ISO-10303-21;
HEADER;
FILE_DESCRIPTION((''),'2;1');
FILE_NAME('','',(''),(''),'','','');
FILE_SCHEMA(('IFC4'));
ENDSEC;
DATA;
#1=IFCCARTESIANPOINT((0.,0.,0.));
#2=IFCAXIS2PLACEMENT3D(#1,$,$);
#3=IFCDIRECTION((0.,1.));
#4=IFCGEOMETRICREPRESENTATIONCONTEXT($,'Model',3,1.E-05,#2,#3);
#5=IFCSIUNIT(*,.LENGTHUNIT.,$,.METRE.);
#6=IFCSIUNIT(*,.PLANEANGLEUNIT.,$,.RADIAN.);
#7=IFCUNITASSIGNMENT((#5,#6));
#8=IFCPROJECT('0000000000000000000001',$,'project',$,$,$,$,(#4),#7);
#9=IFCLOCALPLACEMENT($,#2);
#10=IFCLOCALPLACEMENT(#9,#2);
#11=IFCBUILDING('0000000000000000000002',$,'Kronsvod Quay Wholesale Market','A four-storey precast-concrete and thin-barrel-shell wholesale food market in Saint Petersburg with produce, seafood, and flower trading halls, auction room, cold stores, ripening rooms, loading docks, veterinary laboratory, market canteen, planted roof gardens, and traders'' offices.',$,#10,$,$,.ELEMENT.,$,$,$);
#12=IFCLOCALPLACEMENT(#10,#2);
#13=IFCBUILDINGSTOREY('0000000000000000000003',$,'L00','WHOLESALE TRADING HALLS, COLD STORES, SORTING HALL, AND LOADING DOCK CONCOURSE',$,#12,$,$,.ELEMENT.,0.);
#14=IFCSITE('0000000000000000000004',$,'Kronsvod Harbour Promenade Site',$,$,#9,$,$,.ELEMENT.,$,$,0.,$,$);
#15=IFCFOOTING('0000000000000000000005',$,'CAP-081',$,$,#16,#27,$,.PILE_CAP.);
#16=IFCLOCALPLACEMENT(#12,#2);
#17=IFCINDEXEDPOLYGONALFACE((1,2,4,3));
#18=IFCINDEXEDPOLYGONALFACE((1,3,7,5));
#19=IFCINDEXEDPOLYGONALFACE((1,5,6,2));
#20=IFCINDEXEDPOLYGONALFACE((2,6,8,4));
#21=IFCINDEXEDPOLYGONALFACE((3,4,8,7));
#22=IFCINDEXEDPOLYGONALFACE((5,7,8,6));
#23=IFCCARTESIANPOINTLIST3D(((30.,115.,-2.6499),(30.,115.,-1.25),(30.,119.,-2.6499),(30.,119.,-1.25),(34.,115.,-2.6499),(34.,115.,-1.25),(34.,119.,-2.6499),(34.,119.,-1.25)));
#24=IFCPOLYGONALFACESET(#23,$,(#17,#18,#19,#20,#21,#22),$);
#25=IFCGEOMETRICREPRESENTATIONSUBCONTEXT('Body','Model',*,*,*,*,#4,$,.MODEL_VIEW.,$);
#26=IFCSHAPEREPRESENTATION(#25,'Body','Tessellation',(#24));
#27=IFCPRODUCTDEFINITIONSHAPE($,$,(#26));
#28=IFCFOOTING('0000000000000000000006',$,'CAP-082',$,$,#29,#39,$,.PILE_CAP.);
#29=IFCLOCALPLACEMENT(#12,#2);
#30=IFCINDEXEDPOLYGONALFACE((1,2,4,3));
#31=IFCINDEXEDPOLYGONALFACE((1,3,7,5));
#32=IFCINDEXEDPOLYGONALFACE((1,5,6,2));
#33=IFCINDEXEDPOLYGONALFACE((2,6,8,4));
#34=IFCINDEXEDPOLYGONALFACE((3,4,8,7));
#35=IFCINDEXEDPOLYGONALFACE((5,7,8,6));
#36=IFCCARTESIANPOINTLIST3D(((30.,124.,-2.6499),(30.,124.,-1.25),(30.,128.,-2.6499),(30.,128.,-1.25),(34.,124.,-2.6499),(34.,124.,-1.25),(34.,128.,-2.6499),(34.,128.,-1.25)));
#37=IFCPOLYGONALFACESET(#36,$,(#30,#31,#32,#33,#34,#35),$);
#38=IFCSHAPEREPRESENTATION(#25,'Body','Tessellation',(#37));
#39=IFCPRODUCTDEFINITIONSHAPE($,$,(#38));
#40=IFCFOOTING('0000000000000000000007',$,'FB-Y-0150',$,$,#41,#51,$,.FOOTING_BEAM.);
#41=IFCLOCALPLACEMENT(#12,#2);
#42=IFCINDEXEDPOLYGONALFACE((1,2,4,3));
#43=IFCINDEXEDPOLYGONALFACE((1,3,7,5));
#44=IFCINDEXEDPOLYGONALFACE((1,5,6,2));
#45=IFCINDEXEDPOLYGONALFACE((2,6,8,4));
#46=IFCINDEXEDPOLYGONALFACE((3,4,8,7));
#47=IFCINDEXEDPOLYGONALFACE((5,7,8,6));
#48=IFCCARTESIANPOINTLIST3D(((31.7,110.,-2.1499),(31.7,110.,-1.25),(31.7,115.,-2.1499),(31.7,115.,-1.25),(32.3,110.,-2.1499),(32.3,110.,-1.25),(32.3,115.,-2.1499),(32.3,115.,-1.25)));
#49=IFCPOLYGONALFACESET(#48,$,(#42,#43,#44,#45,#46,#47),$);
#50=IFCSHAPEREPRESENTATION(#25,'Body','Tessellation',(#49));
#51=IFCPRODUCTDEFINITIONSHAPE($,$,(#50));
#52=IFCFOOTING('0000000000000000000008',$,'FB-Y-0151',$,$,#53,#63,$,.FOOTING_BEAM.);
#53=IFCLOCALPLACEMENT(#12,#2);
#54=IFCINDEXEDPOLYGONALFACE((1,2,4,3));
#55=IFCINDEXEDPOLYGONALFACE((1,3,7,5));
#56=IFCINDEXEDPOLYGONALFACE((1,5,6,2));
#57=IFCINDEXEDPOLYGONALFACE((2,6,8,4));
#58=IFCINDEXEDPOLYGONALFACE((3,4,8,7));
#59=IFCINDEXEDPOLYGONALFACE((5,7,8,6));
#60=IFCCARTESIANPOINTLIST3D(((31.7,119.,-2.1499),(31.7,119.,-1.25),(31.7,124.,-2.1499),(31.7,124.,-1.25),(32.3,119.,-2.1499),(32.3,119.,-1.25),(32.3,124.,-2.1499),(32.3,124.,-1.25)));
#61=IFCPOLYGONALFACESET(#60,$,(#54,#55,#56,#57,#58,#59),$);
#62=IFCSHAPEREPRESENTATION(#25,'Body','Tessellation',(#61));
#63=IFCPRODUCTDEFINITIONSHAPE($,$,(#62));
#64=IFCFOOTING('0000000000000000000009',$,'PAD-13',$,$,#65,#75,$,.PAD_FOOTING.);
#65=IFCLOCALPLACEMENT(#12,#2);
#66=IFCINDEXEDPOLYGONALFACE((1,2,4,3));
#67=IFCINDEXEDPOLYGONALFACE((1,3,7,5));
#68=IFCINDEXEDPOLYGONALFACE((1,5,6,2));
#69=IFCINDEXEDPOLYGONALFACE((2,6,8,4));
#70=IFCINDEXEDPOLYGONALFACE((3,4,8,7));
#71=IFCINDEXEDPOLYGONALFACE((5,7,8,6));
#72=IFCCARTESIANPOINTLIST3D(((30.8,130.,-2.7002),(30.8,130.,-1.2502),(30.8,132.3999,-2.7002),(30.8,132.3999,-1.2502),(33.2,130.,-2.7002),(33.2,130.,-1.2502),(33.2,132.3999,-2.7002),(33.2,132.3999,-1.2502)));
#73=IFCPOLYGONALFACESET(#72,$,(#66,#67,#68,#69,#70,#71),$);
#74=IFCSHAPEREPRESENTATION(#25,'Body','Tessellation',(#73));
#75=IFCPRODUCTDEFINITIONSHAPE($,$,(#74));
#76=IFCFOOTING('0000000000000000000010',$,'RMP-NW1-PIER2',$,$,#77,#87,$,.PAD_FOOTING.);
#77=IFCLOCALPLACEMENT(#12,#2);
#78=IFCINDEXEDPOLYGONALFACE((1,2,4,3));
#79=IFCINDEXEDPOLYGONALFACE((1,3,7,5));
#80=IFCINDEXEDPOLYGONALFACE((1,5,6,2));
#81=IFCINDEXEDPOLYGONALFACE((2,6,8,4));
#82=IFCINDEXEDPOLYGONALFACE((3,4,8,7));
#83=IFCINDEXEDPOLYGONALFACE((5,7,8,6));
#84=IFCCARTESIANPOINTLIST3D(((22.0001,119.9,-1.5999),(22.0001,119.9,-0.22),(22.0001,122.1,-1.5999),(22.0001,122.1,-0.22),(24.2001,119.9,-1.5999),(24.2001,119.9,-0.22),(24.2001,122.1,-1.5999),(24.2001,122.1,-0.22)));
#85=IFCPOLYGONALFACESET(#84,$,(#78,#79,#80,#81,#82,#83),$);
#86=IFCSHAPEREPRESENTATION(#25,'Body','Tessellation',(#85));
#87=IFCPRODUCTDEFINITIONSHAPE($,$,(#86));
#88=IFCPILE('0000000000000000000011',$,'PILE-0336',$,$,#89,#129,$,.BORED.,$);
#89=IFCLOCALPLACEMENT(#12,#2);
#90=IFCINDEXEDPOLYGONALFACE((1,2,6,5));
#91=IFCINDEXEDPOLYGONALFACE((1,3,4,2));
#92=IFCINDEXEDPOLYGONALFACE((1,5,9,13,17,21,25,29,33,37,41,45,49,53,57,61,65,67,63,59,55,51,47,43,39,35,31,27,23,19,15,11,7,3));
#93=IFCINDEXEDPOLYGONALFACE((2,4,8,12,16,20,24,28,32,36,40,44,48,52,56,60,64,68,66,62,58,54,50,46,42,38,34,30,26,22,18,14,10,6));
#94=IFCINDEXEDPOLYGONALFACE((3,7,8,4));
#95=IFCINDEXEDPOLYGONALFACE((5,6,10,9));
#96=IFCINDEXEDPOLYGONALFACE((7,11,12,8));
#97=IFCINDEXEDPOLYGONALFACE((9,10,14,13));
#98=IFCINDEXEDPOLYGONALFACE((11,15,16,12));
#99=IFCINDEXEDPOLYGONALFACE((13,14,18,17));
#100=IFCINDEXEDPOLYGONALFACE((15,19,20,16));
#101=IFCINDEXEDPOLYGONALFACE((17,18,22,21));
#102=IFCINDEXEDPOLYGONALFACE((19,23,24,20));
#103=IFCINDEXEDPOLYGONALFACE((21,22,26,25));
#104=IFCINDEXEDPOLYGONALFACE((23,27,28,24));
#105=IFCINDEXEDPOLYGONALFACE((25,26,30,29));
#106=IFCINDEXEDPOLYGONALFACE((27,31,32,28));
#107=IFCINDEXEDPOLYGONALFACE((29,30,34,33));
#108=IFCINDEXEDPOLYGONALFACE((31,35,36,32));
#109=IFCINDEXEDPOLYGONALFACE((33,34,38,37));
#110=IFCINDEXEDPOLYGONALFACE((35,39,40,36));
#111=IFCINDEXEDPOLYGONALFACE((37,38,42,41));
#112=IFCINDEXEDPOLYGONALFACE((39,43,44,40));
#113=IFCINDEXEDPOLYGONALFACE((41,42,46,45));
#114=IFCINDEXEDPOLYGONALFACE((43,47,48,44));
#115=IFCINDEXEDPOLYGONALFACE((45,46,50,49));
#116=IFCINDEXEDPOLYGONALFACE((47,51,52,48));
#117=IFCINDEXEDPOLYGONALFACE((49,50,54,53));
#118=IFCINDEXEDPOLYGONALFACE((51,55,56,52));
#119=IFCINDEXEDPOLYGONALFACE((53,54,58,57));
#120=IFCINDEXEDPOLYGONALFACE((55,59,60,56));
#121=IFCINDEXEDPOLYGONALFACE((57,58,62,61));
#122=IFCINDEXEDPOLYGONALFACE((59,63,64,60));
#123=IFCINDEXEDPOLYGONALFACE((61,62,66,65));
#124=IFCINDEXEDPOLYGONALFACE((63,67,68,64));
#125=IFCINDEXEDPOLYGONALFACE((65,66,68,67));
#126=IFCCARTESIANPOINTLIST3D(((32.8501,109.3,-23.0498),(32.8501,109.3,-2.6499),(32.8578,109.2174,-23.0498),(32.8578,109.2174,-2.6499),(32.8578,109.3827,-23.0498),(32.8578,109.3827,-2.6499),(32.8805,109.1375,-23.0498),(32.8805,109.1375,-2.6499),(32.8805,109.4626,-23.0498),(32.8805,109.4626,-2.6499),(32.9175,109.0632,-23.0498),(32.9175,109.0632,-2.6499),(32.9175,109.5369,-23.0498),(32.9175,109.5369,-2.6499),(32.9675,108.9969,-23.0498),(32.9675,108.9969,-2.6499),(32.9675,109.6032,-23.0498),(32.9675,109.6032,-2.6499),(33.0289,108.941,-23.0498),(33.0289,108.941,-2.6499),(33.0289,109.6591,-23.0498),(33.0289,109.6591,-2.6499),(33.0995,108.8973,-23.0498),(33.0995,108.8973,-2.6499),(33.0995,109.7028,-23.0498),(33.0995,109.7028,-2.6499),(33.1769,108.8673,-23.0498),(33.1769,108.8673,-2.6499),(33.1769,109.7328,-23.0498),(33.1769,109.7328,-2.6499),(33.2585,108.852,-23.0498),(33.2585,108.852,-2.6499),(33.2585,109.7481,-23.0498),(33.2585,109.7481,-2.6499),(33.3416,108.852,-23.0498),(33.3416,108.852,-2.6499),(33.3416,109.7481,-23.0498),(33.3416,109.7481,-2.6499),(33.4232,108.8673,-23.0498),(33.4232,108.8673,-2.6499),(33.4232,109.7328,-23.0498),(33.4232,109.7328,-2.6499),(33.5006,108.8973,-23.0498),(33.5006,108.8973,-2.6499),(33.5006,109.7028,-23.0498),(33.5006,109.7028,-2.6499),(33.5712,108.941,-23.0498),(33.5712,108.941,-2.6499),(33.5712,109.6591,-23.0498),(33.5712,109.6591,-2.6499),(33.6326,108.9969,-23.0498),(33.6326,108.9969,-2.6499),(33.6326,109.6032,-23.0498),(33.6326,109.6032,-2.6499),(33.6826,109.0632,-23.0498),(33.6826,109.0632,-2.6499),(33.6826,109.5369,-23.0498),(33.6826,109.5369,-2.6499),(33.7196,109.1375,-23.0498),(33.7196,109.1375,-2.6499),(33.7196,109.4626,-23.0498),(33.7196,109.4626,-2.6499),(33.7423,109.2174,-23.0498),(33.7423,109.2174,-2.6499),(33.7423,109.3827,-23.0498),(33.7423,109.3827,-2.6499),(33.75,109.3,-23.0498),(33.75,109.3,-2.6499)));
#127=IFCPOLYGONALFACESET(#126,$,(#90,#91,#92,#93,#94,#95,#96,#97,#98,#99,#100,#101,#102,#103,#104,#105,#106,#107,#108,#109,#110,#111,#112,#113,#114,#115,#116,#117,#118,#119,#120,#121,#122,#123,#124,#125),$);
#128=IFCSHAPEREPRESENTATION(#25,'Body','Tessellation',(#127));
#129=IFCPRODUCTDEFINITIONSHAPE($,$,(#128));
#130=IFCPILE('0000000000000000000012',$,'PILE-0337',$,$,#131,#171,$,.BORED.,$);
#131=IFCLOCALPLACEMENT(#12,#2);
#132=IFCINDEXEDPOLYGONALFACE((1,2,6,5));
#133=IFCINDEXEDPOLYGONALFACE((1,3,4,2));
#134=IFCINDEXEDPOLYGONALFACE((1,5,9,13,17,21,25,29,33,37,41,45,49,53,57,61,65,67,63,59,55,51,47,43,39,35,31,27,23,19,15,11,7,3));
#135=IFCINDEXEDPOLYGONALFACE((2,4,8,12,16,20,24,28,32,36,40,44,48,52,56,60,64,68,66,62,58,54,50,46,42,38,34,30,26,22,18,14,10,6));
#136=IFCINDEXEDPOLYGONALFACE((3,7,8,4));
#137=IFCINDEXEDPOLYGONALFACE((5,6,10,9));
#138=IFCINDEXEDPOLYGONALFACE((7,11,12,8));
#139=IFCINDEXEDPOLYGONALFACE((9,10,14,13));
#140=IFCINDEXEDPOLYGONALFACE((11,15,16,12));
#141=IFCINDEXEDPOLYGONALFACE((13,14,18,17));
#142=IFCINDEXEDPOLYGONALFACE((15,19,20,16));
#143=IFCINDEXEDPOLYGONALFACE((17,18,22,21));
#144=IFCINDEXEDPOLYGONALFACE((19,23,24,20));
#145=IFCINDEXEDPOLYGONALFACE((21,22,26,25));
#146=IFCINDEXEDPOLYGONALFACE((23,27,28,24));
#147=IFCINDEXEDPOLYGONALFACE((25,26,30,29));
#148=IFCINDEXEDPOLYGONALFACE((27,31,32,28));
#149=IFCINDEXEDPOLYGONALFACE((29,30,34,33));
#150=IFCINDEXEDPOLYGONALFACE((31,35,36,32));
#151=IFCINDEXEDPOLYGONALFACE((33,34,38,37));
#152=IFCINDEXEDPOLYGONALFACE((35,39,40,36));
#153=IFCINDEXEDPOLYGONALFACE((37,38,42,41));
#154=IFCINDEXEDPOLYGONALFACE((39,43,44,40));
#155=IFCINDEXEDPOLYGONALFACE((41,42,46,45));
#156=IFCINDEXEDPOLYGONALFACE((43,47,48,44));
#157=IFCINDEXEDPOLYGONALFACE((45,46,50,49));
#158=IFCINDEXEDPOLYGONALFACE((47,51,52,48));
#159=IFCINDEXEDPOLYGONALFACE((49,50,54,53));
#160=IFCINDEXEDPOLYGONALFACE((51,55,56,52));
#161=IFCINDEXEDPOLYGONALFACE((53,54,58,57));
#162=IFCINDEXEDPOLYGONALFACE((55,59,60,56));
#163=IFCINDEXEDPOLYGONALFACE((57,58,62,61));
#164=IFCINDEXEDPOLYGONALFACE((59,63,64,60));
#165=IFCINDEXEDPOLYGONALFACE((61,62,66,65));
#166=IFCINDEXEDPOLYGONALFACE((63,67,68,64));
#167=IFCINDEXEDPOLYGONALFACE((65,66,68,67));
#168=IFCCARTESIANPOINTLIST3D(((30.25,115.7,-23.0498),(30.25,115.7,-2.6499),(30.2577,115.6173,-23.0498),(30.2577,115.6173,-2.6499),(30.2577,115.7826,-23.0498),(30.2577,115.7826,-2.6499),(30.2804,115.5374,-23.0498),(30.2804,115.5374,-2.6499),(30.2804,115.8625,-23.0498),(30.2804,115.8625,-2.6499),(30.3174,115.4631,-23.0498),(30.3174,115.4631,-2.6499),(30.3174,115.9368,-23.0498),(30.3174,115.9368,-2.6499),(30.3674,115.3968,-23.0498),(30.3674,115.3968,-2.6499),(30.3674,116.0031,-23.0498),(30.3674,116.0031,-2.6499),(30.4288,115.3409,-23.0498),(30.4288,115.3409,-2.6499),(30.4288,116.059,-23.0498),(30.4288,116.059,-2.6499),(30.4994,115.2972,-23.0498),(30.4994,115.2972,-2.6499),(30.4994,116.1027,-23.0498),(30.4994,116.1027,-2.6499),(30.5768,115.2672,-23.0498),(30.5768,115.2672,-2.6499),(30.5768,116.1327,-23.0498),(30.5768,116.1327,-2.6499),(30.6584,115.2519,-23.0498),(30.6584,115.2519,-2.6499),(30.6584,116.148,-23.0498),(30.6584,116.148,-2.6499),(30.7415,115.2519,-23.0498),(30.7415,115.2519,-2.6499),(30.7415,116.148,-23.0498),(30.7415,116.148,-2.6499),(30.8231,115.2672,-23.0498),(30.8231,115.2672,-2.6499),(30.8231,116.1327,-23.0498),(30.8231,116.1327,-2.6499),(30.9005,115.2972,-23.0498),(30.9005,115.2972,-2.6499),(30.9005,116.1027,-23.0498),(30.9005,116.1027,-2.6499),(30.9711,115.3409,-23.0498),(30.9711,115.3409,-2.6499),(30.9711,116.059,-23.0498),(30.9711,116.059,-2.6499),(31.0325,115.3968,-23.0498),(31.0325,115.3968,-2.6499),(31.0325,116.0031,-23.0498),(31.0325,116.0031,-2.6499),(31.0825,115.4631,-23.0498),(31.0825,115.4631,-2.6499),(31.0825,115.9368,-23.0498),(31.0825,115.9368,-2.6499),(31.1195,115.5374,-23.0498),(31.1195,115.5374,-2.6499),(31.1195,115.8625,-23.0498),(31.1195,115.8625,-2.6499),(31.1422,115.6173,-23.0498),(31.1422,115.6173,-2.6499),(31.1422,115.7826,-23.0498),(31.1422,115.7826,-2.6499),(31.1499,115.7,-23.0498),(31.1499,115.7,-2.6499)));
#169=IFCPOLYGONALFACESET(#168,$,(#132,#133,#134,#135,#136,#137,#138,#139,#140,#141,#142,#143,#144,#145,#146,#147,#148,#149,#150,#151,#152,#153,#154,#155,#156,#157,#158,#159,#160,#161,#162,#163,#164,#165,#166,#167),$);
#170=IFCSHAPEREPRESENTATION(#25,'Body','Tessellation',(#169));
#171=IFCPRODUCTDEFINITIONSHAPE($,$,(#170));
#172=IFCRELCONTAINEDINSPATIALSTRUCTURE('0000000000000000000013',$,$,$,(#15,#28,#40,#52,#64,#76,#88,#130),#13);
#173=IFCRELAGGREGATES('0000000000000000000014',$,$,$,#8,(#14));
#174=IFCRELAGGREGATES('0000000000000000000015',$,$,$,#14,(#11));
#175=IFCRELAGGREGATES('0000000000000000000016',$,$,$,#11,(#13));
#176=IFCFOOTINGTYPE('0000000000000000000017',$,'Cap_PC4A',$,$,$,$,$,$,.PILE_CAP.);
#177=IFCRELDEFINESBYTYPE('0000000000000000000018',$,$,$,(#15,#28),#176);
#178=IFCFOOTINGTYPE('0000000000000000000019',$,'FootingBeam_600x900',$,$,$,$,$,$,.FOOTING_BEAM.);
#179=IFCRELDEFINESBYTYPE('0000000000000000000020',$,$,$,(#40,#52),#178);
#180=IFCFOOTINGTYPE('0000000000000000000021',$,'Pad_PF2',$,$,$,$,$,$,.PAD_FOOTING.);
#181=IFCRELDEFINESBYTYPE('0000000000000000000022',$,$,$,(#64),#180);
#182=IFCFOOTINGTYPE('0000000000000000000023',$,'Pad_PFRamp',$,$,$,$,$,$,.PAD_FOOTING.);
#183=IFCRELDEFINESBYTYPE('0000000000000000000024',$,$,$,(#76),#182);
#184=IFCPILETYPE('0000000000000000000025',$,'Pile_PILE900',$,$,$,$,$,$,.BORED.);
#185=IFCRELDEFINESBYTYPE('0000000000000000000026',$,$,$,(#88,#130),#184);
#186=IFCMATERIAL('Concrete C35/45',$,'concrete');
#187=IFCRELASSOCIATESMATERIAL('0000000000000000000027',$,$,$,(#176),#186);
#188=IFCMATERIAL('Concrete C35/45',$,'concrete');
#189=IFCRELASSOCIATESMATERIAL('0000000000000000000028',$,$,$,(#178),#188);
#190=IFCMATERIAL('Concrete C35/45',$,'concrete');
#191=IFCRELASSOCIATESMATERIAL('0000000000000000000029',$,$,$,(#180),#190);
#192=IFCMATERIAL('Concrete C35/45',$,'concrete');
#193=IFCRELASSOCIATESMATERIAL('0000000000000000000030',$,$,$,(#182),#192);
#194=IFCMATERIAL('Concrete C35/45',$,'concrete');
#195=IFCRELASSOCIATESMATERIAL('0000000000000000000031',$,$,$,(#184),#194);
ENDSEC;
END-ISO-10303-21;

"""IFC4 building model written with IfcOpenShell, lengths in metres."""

from ifc_helpers import new_model, si_unit, direction, frame, origin, origin_2d, place, context, subcontext, project, spatial, rectangle, circle, extrude, material, material_profile, profile_set, type_object, element, save


model = new_model("IFC4")

# Units and contexts
model_context = context("Model", 3, precision=1e-05, world=origin(), true_north=direction((0.0, 1.0)))
body_context = subcontext(model_context, "Body", "Model", "MODEL_VIEW")
ifc_project = project(units=[si_unit("LENGTHUNIT", "METRE"), si_unit("PLANEANGLEUNIT", "RADIAN")], contexts=[model_context])

# Site, building, storey
site_placement = place(None, origin())
site = spatial("IfcSite", under=ifc_project, at=site_placement, Name="Kronsvod Harbour Promenade Site", CompositionType="ELEMENT", RefElevation=0.0)
building_placement = place(site_placement, origin())
building = spatial("IfcBuilding", under=site, at=building_placement, Name="Kronsvod Quay Wholesale Market", Description="A four-storey precast-concrete and thin-barrel-shell wholesale food market in Saint Petersburg with produce, seafood, and flower trading halls, auction room, cold stores, ripening rooms, loading docks, veterinary laboratory, market canteen, planted roof gardens, and traders' offices.", CompositionType="ELEMENT")
storey_placement = place(building_placement, origin())
storey = spatial("IfcBuildingStorey", under=building, at=storey_placement, Name="L00", Description="WHOLESALE TRADING HALLS, COLD STORES, SORTING HALL, AND LOADING DOCK CONCOURSE", CompositionType="ELEMENT", Elevation=0.0)

# Footings
ifc_material_1 = material(Name="Concrete C35/45", Category="concrete")
footing_type_1 = type_object("IfcFootingType", Name="Cap_PC4A", PredefinedType="PILE_CAP", material=ifc_material_1)
for number, where, z_axis, x_axis, name in (
    (1, (32.0, 117.0, -2.6499), (0.0, 0.0, 1.0), (1.0, 0.0, 0.0), "CAP-081"),
    (2, (32.0, 126.0, -2.6499), (0.0, 0.0, 1.0), (1.0, 0.0, 0.0), "CAP-082"),
):
    element("IfcFooting", number, at=place(storey_placement, frame(where, z_axis=z_axis, x_axis=x_axis)), inside=storey, type_object=footing_type_1, Name=name, PredefinedType="PILE_CAP", context=body_context, shape_type="SweptSolid", body=[
        extrude(rectangle(XDim=4.0, YDim=4.0, at=origin_2d()), origin(), (0.0, 0.0, 1.0), 1.3999),
    ])
ifc_material_2 = material(Name="Concrete C35/45", Category="concrete")
ifc_material_profile_1 = material_profile(ifc_material_2, rectangle(XDim=0.6001, YDim=0.8999, at=origin_2d()), Name="FB-02")
ifc_profile_set_1 = profile_set([ifc_material_profile_1], Name="Concrete C35/45")
footing_type_2 = type_object("IfcFootingType", Name="FootingBeam_600x900", PredefinedType="FOOTING_BEAM", material=ifc_profile_set_1)
for number, where, z_axis, x_axis, name in (
    (3, (32.0, 110.0, -1.7), (0.0, 1.0, 0.0), (-1.0, 0.0, 0.0), "FB-Y-0150"),
    (4, (32.0, 119.0, -1.7), (0.0, 1.0, 0.0), (-1.0, 0.0, 0.0), "FB-Y-0151"),
):
    element("IfcFooting", number, at=place(storey_placement, frame(where, z_axis=z_axis, x_axis=x_axis)), inside=storey, type_object=footing_type_2, Name=name, PredefinedType="FOOTING_BEAM", context=body_context, shape_type="SweptSolid", body=[
        extrude(rectangle(XDim=0.6001, YDim=0.8999, at=origin_2d()), origin(), (0.0, 0.0, 1.0), 5.0),
    ])
ifc_material_3 = material(Name="Concrete C35/45", Category="concrete")
footing_type_3 = type_object("IfcFootingType", Name="Pad_PF2", PredefinedType="PAD_FOOTING", material=ifc_material_3)
footing_1_placement = place(storey_placement, frame((32.0, 131.2, -2.7002), z_axis=(0.0, 0.0, 1.0), x_axis=(1.0, 0.0, 0.0)))
element("IfcFooting", 5, at=footing_1_placement, inside=storey, type_object=footing_type_3, Name="PAD-13", PredefinedType="PAD_FOOTING", context=body_context, shape_type="SweptSolid", body=[
    extrude(rectangle(XDim=2.3999, YDim=2.3999, at=origin_2d()), origin(), (0.0, 0.0, 1.0), 1.45),
])
ifc_material_4 = material(Name="Concrete C35/45", Category="concrete")
footing_type_4 = type_object("IfcFootingType", Name="Pad_PFRamp", PredefinedType="PAD_FOOTING", material=ifc_material_4)
footing_2_placement = place(storey_placement, frame((23.1001, 121.0, -1.5999), z_axis=(0.0, 0.0, 1.0), x_axis=(1.0, 0.0, 0.0)))
element("IfcFooting", 6, at=footing_2_placement, inside=storey, type_object=footing_type_4, Name="RMP-NW1-PIER2", PredefinedType="PAD_FOOTING", context=body_context, shape_type="SweptSolid", body=[
    extrude(rectangle(XDim=2.2, YDim=2.2, at=origin_2d()), origin(), (0.0, 0.0, 1.0), 1.3799),
])

# Piles
ifc_material_5 = material(Name="Concrete C35/45", Category="concrete")
ifc_material_profile_2 = material_profile(ifc_material_5, circle(Radius=0.45, at=origin_2d()), Name="PILE900")
ifc_profile_set_2 = profile_set([ifc_material_profile_2], Name="Concrete C35/45")
pile_type = type_object("IfcPileType", Name="Pile_PILE900", PredefinedType="BORED", material=ifc_profile_set_2)
for number, where, z_axis, x_axis, name in (
    (7, (33.3, 109.3, -2.6499), (0.0, 0.0, -1.0), (1.0, 0.0, 0.0), "PILE-0336"),
    (8, (30.7, 115.7, -2.6499), (0.0, 0.0, -1.0), (1.0, 0.0, 0.0), "PILE-0337"),
):
    element("IfcPile", number, at=place(storey_placement, frame(where, z_axis=z_axis, x_axis=x_axis)), inside=storey, type_object=pile_type, Name=name, PredefinedType="BORED", context=body_context, shape_type="SweptSolid", body=[
        extrude(circle(Radius=0.45, at=origin_2d()), origin(), (0.0, 0.0, 1.0), 20.3999),
    ])

save(model, "model.ifc")
